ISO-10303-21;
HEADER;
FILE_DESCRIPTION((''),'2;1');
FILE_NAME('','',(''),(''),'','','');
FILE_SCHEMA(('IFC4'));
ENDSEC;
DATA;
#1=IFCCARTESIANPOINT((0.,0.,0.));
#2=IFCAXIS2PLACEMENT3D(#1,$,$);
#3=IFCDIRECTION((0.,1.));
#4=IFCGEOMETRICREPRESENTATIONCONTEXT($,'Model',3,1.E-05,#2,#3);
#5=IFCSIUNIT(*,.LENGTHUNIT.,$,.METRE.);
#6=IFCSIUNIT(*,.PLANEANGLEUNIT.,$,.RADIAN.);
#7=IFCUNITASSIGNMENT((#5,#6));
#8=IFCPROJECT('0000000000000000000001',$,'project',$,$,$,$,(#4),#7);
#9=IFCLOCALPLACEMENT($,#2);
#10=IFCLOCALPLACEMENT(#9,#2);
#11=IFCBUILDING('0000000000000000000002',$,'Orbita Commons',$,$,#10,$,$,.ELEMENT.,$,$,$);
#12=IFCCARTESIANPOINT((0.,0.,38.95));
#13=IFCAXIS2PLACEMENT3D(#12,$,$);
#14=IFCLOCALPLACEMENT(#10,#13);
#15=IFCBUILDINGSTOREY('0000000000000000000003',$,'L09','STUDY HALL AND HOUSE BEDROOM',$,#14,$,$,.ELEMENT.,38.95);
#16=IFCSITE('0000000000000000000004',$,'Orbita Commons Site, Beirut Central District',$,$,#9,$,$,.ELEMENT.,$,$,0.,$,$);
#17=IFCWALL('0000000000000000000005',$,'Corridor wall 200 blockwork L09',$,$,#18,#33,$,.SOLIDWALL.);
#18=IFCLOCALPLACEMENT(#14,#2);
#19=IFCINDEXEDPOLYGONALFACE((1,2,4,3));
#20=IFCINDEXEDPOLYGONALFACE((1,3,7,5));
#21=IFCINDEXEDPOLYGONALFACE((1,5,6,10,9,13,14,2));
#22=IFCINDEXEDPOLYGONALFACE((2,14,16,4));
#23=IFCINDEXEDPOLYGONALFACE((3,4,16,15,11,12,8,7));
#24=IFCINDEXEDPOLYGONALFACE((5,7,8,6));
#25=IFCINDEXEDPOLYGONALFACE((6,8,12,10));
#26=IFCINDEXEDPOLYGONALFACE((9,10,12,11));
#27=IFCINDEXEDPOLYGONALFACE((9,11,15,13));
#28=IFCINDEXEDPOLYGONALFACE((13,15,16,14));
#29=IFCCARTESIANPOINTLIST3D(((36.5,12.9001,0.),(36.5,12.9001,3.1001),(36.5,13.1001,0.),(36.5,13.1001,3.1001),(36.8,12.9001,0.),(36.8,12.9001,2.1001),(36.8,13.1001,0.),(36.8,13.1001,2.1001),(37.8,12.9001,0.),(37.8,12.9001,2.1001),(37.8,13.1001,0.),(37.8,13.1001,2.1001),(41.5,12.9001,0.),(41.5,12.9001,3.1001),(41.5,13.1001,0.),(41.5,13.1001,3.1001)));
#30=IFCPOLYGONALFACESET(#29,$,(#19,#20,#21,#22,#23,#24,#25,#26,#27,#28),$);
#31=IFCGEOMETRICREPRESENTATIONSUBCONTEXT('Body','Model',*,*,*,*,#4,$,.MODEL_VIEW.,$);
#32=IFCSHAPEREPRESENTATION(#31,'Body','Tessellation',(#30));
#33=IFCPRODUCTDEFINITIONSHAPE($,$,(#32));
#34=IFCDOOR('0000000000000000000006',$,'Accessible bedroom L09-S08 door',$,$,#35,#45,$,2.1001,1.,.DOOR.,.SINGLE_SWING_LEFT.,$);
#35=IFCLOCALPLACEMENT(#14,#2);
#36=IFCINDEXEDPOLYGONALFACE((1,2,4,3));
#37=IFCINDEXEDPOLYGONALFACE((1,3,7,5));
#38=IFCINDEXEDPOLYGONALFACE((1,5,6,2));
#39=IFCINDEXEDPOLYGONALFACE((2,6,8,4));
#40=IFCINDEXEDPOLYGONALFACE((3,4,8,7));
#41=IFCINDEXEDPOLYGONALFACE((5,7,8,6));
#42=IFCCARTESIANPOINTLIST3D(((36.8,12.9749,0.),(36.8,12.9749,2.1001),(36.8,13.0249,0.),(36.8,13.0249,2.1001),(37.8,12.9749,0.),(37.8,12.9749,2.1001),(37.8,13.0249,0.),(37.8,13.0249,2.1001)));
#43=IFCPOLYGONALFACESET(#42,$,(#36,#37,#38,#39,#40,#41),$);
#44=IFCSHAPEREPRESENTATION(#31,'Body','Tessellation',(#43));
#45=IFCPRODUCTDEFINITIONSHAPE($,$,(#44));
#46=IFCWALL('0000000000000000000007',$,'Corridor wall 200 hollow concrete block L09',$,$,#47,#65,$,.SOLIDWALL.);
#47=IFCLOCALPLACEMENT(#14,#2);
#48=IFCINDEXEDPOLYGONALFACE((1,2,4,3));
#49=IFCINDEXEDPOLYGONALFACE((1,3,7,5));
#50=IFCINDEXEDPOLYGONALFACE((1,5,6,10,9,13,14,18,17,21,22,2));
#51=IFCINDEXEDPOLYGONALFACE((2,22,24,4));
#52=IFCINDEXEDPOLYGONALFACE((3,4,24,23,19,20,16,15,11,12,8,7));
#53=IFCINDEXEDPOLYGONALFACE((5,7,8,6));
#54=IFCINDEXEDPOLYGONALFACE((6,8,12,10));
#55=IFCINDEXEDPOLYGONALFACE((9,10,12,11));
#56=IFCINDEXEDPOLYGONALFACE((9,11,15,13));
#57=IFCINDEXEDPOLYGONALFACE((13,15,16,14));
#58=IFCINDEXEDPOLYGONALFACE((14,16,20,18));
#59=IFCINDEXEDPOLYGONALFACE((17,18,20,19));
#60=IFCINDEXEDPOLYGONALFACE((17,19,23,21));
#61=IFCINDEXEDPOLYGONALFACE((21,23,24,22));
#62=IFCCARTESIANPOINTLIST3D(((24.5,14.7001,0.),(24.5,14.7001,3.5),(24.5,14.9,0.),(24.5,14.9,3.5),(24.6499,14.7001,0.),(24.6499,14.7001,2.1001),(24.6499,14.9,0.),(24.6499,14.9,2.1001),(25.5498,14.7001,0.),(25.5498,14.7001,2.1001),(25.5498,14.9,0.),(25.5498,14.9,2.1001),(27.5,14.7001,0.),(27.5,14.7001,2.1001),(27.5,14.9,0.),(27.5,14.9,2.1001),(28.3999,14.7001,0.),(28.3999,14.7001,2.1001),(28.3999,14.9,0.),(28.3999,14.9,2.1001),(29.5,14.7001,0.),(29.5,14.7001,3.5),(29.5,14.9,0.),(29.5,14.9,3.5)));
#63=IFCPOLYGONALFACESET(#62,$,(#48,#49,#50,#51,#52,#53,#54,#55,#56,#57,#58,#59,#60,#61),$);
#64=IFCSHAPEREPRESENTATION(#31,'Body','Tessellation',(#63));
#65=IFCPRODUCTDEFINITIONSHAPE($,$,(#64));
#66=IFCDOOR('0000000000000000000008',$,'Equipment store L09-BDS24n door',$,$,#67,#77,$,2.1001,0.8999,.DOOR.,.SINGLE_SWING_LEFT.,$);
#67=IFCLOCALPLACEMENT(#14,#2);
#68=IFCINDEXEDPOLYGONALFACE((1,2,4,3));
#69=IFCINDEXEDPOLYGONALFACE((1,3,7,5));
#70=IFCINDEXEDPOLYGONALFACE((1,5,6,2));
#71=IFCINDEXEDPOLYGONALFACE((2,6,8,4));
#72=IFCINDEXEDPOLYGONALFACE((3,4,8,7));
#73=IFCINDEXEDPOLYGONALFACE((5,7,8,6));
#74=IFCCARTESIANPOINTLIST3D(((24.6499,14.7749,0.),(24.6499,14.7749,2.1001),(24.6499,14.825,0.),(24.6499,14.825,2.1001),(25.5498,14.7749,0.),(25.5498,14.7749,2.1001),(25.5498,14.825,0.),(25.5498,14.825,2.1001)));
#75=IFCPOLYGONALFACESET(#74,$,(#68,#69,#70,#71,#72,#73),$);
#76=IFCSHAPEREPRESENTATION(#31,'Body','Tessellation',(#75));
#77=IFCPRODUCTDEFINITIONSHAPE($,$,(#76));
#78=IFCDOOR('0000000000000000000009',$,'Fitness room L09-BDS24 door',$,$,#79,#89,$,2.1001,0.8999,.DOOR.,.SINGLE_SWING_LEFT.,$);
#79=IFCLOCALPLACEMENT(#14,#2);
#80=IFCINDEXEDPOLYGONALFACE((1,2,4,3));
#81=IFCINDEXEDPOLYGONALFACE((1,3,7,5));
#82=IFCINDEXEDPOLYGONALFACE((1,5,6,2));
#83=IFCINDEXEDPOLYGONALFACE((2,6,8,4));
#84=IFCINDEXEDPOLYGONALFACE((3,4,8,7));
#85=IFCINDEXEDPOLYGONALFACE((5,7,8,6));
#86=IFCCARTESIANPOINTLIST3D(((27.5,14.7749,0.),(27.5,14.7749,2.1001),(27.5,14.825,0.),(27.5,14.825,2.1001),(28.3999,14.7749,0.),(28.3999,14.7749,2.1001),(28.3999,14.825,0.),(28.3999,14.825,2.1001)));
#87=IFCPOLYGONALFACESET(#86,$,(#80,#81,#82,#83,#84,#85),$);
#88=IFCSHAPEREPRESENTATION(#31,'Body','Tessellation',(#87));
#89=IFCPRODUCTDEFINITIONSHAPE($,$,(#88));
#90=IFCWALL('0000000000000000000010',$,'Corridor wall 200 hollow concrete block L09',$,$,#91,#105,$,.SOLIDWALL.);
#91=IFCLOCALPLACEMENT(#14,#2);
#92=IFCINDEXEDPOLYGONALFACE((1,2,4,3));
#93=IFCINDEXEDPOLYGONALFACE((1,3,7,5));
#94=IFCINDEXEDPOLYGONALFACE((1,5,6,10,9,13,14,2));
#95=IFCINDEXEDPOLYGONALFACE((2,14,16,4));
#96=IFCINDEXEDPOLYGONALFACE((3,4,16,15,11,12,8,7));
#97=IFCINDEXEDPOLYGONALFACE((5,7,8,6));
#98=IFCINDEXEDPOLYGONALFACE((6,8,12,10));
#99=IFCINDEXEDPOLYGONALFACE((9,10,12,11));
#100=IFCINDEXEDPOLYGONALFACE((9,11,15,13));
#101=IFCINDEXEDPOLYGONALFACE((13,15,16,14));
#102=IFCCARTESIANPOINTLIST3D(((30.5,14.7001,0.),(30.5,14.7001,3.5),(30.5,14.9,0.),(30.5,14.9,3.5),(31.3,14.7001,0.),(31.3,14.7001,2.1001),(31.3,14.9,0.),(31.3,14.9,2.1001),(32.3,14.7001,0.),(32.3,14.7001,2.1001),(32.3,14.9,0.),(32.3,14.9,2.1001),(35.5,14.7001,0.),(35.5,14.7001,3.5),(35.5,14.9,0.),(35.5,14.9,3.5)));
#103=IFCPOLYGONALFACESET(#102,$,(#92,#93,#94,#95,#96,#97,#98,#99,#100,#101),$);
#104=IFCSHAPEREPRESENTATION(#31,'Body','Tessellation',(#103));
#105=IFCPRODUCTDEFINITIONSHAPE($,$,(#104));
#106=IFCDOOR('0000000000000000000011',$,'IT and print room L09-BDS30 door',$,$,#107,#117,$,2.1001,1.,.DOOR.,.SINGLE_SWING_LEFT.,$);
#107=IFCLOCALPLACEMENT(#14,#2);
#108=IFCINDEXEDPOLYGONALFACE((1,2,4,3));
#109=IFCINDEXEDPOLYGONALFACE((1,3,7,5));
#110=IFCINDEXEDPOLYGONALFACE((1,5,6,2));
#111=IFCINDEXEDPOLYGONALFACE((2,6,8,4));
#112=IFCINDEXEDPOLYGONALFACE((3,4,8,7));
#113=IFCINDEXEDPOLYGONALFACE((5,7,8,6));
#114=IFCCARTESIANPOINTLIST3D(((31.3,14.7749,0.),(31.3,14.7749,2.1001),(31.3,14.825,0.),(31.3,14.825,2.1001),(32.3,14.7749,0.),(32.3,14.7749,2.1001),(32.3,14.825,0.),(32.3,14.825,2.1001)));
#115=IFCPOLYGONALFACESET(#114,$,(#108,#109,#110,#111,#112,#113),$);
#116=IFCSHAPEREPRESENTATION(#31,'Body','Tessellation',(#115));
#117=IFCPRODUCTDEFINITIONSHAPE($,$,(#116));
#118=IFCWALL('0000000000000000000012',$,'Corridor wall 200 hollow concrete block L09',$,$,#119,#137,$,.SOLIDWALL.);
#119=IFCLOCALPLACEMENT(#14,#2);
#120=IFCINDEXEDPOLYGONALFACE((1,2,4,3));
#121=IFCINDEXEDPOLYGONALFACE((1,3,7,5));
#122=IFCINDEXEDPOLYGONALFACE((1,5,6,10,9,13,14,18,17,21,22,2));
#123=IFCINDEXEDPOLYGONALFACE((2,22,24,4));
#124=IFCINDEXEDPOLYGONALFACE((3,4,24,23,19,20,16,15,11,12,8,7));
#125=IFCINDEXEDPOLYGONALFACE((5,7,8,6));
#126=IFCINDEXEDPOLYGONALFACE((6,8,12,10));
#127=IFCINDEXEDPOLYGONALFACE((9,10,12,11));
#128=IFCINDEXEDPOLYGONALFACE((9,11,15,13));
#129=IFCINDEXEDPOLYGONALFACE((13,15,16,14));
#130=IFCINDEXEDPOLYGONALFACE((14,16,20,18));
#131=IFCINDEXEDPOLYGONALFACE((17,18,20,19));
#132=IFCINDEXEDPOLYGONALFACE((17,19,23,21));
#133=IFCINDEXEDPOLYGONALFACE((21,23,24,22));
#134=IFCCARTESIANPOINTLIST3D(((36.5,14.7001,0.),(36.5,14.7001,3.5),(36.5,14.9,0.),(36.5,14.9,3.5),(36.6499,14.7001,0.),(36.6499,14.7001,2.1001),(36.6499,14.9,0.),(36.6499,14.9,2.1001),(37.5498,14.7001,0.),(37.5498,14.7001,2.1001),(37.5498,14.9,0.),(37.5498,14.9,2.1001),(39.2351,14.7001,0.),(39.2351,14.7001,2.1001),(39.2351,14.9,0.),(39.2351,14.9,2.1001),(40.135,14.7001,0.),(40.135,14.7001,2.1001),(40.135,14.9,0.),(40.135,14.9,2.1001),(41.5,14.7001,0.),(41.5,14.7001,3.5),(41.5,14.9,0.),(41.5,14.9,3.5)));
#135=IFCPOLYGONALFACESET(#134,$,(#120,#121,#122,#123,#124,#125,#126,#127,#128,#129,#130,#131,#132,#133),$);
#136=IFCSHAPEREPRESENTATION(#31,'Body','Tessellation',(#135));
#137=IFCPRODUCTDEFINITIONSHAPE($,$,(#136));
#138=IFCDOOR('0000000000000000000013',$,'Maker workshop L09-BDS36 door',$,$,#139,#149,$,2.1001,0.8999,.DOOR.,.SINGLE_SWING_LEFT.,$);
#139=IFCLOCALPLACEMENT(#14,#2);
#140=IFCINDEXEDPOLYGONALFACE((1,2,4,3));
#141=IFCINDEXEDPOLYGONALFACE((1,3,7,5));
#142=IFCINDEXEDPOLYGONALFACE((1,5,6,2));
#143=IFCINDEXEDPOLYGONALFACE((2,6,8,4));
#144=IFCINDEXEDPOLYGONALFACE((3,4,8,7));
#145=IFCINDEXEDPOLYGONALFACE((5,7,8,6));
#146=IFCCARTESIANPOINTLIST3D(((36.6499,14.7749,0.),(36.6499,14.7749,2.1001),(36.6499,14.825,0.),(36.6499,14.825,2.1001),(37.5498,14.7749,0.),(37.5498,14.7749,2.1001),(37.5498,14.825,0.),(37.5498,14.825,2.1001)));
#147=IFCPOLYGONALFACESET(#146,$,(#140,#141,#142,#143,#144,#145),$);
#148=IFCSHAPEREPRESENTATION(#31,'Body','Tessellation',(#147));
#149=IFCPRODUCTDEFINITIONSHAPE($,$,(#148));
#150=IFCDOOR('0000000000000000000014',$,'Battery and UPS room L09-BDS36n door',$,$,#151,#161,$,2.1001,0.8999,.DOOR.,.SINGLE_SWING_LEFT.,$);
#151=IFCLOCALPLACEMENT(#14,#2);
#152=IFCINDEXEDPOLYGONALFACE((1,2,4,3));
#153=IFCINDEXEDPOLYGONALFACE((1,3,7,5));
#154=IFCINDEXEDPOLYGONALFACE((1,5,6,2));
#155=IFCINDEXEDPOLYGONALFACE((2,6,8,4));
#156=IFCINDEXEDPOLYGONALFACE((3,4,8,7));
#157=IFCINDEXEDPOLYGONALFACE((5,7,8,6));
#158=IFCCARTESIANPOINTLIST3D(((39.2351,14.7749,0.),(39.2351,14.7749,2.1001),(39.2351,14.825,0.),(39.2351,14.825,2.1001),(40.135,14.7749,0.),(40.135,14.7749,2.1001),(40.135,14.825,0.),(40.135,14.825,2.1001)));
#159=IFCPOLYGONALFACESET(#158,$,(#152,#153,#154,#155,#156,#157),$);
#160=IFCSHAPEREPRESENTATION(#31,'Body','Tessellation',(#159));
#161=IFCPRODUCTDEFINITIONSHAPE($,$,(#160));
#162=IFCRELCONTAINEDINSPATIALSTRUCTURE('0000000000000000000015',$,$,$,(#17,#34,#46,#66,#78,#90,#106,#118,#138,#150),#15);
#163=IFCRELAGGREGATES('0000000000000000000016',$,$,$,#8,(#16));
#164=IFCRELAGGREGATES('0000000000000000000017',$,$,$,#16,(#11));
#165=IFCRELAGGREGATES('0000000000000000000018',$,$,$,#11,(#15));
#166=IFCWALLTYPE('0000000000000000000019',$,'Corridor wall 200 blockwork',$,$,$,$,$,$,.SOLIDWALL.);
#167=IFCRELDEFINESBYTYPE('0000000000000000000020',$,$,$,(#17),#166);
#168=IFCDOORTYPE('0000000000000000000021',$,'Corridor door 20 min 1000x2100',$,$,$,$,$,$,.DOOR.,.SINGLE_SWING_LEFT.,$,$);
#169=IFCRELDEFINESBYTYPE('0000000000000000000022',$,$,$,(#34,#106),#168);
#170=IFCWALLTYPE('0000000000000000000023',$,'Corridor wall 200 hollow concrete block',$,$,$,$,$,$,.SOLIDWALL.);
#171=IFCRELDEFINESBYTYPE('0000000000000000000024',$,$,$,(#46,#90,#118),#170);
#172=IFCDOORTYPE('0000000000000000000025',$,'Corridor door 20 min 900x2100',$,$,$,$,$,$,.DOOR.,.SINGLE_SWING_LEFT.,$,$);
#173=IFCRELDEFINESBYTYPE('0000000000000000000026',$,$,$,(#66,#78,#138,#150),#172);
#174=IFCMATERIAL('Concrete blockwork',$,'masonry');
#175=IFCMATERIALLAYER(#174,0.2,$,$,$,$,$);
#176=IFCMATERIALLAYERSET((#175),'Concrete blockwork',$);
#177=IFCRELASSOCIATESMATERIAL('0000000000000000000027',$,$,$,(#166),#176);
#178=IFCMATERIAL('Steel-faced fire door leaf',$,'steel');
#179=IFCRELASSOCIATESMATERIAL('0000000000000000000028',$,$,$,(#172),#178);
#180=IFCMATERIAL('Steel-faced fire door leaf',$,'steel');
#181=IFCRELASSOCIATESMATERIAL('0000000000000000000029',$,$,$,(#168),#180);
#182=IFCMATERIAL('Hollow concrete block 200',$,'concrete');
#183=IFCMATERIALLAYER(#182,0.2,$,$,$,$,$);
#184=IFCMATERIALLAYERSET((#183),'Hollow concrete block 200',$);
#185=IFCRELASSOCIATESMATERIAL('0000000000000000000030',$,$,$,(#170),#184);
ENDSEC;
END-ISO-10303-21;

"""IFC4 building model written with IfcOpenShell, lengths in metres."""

from ifc_helpers import new_model, si_unit, direction, frame, frame_2d, origin, place, context, subcontext, project, spatial, polyline, rectangle, outline, extrude, material, layer, layer_set, type_object, element, fill, save


model = new_model("IFC4")

# Units and contexts
model_context = context("Model", 3, precision=1e-05, world=origin(), true_north=direction((0.0, 1.0)))
body_context = subcontext(model_context, "Body", "Model", "MODEL_VIEW")
ifc_project = project(units=[si_unit("LENGTHUNIT", "METRE"), si_unit("PLANEANGLEUNIT", "RADIAN")], contexts=[model_context])

# Site, building, storey
site_placement = place(None, origin())
site = spatial("IfcSite", under=ifc_project, at=site_placement, Name="Orbita Commons Site, Beirut Central District", CompositionType="ELEMENT", RefElevation=0.0)
building_placement = place(site_placement, origin())
building = spatial("IfcBuilding", under=site, at=building_placement, Name="Orbita Commons", CompositionType="ELEMENT")
storey_placement = place(building_placement, frame((0.0, 0.0, 38.95)))
storey = spatial("IfcBuildingStorey", under=building, at=storey_placement, Name="L09", Description="STUDY HALL AND HOUSE BEDROOM", CompositionType="ELEMENT", Elevation=38.95)

# Shared definitions
ifc_material_1 = material(Name="Concrete blockwork", Category="masonry")
ifc_layer_1 = layer(ifc_material_1, 0.2)
ifc_layer_set_1 = layer_set([ifc_layer_1], Name="Concrete blockwork")
wall_type_1 = type_object("IfcWallType", Name="Corridor wall 200 blockwork", PredefinedType="SOLIDWALL", material=ifc_layer_set_1)
ifc_material_2 = material(Name="Steel-faced fire door leaf", Category="steel")
door_type_1 = type_object("IfcDoorType", Name="Corridor door 20 min 900x2100", OperationType="SINGLE_SWING_LEFT", PredefinedType="DOOR", material=ifc_material_2)

# Wall, opening, door
wall_1_placement = place(storey_placement, frame((36.5, 13.0, 0.0), z_axis=(0.0, 0.0, 1.0), x_axis=(1.0, 0.0, 0.0)))
wall_1 = element("IfcWall", 1, at=wall_1_placement, inside=storey, type_object=wall_type_1, Name="Corridor wall 200 blockwork L09", PredefinedType="SOLIDWALL", context=body_context, shape_type="SweptSolid", body=[
    extrude(outline(polyline([(0.0, 0.0), (5.0, 0.0), (5.0, 3.1001), (0.0, 3.1001), (0.0, 0.0)])), frame((0.0, 0.1001, 0.0), z_axis=(0.0, -1.0, 0.0), x_axis=(1.0, 0.0, 0.0)), (0.0, 0.0, 1.0), 0.2),
])
opening_1_placement = place(wall_1_placement, frame((0.3, 0.0, 0.0)))
opening_1 = element("IfcOpeningElement", 2, at=opening_1_placement, cuts=wall_1, PredefinedType="OPENING", context=body_context, shape_type="SweptSolid", body=[
    extrude(rectangle(XDim=1.0, YDim=2.1001, at=frame_2d((0.5, 1.05))), frame((0.0, 0.1099, 0.0), z_axis=(0.0, -1.0, 0.0), x_axis=(1.0, 0.0, 0.0)), (0.0, 0.0, 1.0), 0.22),
])
ifc_material_3 = material(Name="Steel-faced fire door leaf", Category="steel")
door_type_2 = type_object("IfcDoorType", Name="Corridor door 20 min 1000x2100", OperationType="SINGLE_SWING_LEFT", PredefinedType="DOOR", material=ifc_material_3)
door_1_placement = place(opening_1_placement, origin())
door_1 = element("IfcDoor", 3, at=door_1_placement, inside=storey, type_object=door_type_2, Name="Accessible bedroom L09-S08 door", OperationType="SINGLE_SWING_LEFT", OverallHeight=2.1001, OverallWidth=1.0, PredefinedType="DOOR", context=body_context, shape_type="SweptSolid", body=[
    extrude(rectangle(XDim=1.0, YDim=2.1001, at=frame_2d((0.5, 1.05))), frame((0.0, 0.0249, 0.0), z_axis=(0.0, -1.0, 0.0), x_axis=(1.0, 0.0, 0.0)), (0.0, 0.0, 1.0), 0.05),
])
fill(opening_1, door_1)

# Wall, openings, doors
ifc_material_4 = material(Name="Hollow concrete block 200", Category="concrete")
ifc_layer_2 = layer(ifc_material_4, 0.2)
ifc_layer_set_2 = layer_set([ifc_layer_2], Name="Hollow concrete block 200")
wall_type_2 = type_object("IfcWallType", Name="Corridor wall 200 hollow concrete block", PredefinedType="SOLIDWALL", material=ifc_layer_set_2)
wall_2_placement = place(storey_placement, frame((24.5, 14.8, 0.0), z_axis=(0.0, 0.0, 1.0), x_axis=(1.0, 0.0, 0.0)))
wall_2 = element("IfcWall", 4, at=wall_2_placement, inside=storey, type_object=wall_type_2, Name="Corridor wall 200 hollow concrete block L09", PredefinedType="SOLIDWALL", context=body_context, shape_type="SweptSolid", body=[
    extrude(rectangle(XDim=5.0, YDim=0.2, at=frame_2d((2.5, 0.0))), origin(), (0.0, 0.0, 1.0), 3.5),
])
opening_2_placement = place(wall_2_placement, frame((0.1499, 0.0, 0.0)))
opening_2 = element("IfcOpeningElement", 5, at=opening_2_placement, cuts=wall_2, PredefinedType="OPENING", context=body_context, shape_type="SweptSolid", body=[
    extrude(rectangle(XDim=0.8999, YDim=2.1001, at=frame_2d((0.45, 1.05))), frame((0.0, 0.1099, 0.0), z_axis=(0.0, -1.0, 0.0), x_axis=(1.0, 0.0, 0.0)), (0.0, 0.0, 1.0), 0.22),
])
opening_3_placement = place(wall_2_placement, frame((3.0, 0.0, 0.0)))
opening_3 = element("IfcOpeningElement", 6, at=opening_3_placement, cuts=wall_2, PredefinedType="OPENING", context=body_context, shape_type="SweptSolid", body=[
    extrude(rectangle(XDim=0.8999, YDim=2.1001, at=frame_2d((0.45, 1.05))), frame((0.0, 0.1099, 0.0), z_axis=(0.0, -1.0, 0.0), x_axis=(1.0, 0.0, 0.0)), (0.0, 0.0, 1.0), 0.22),
])
door_2_placement = place(opening_2_placement, origin())
door_2 = element("IfcDoor", 7, at=door_2_placement, inside=storey, type_object=door_type_1, Name="Equipment store L09-BDS24n door", OperationType="SINGLE_SWING_LEFT", OverallHeight=2.1001, OverallWidth=0.8999, PredefinedType="DOOR", context=body_context, shape_type="SweptSolid", body=[
    extrude(rectangle(XDim=0.8999, YDim=2.1001, at=frame_2d((0.45, 1.05))), frame((0.0, 0.0249, 0.0), z_axis=(0.0, -1.0, 0.0), x_axis=(1.0, 0.0, 0.0)), (0.0, 0.0, 1.0), 0.05),
])
fill(opening_2, door_2)
door_3_placement = place(opening_3_placement, origin())
door_3 = element("IfcDoor", 8, at=door_3_placement, inside=storey, type_object=door_type_1, Name="Fitness room L09-BDS24 door", OperationType="SINGLE_SWING_LEFT", OverallHeight=2.1001, OverallWidth=0.8999, PredefinedType="DOOR", context=body_context, shape_type="SweptSolid", body=[
    extrude(rectangle(XDim=0.8999, YDim=2.1001, at=frame_2d((0.45, 1.05))), frame((0.0, 0.0249, 0.0), z_axis=(0.0, -1.0, 0.0), x_axis=(1.0, 0.0, 0.0)), (0.0, 0.0, 1.0), 0.05),
])
fill(opening_3, door_3)

# Wall, opening, door
wall_3_placement = place(storey_placement, frame((30.5, 14.8, 0.0), z_axis=(0.0, 0.0, 1.0), x_axis=(1.0, 0.0, 0.0)))
wall_3 = element("IfcWall", 9, at=wall_3_placement, inside=storey, type_object=wall_type_2, Name="Corridor wall 200 hollow concrete block L09", PredefinedType="SOLIDWALL", context=body_context, shape_type="SweptSolid", body=[
    extrude(rectangle(XDim=5.0, YDim=0.2, at=frame_2d((2.5, 0.0))), origin(), (0.0, 0.0, 1.0), 3.5),
])
opening_4_placement = place(wall_3_placement, frame((0.8, 0.0, 0.0)))
opening_4 = element("IfcOpeningElement", 10, at=opening_4_placement, cuts=wall_3, PredefinedType="OPENING", context=body_context, shape_type="SweptSolid", body=[
    extrude(rectangle(XDim=1.0, YDim=2.1001, at=frame_2d((0.5, 1.05))), frame((0.0, 0.1099, 0.0), z_axis=(0.0, -1.0, 0.0), x_axis=(1.0, 0.0, 0.0)), (0.0, 0.0, 1.0), 0.22),
])
door_4_placement = place(opening_4_placement, origin())
door_4 = element("IfcDoor", 11, at=door_4_placement, inside=storey, type_object=door_type_2, Name="IT and print room L09-BDS30 door", OperationType="SINGLE_SWING_LEFT", OverallHeight=2.1001, OverallWidth=1.0, PredefinedType="DOOR", context=body_context, shape_type="SweptSolid", body=[
    extrude(rectangle(XDim=1.0, YDim=2.1001, at=frame_2d((0.5, 1.05))), frame((0.0, 0.0249, 0.0), z_axis=(0.0, -1.0, 0.0), x_axis=(1.0, 0.0, 0.0)), (0.0, 0.0, 1.0), 0.05),
])
fill(opening_4, door_4)

# Wall, openings, doors
wall_4_placement = place(storey_placement, frame((36.5, 14.8, 0.0), z_axis=(0.0, 0.0, 1.0), x_axis=(1.0, 0.0, 0.0)))
wall_4 = element("IfcWall", 12, at=wall_4_placement, inside=storey, type_object=wall_type_2, Name="Corridor wall 200 hollow concrete block L09", PredefinedType="SOLIDWALL", context=body_context, shape_type="SweptSolid", body=[
    extrude(rectangle(XDim=5.0, YDim=0.2, at=frame_2d((2.5, 0.0))), origin(), (0.0, 0.0, 1.0), 3.5),
])
opening_5_placement = place(wall_4_placement, frame((0.1499, 0.0, 0.0)))
opening_5 = element("IfcOpeningElement", 13, at=opening_5_placement, cuts=wall_4, PredefinedType="OPENING", context=body_context, shape_type="SweptSolid", body=[
    extrude(rectangle(XDim=0.8999, YDim=2.1001, at=frame_2d((0.45, 1.05))), frame((0.0, 0.1099, 0.0), z_axis=(0.0, -1.0, 0.0), x_axis=(1.0, 0.0, 0.0)), (0.0, 0.0, 1.0), 0.22),
])
opening_6_placement = place(wall_4_placement, frame((2.7351, 0.0, 0.0)))
opening_6 = element("IfcOpeningElement", 14, at=opening_6_placement, cuts=wall_4, PredefinedType="OPENING", context=body_context, shape_type="SweptSolid", body=[
    extrude(rectangle(XDim=0.8999, YDim=2.1001, at=frame_2d((0.45, 1.05))), frame((0.0, 0.1099, 0.0), z_axis=(0.0, -1.0, 0.0), x_axis=(1.0, 0.0, 0.0)), (0.0, 0.0, 1.0), 0.22),
])
door_5_placement = place(opening_5_placement, origin())
door_5 = element("IfcDoor", 15, at=door_5_placement, inside=storey, type_object=door_type_1, Name="Maker workshop L09-BDS36 door", OperationType="SINGLE_SWING_LEFT", OverallHeight=2.1001, OverallWidth=0.8999, PredefinedType="DOOR", context=body_context, shape_type="SweptSolid", body=[
    extrude(rectangle(XDim=0.8999, YDim=2.1001, at=frame_2d((0.45, 1.05))), frame((0.0, 0.0249, 0.0), z_axis=(0.0, -1.0, 0.0), x_axis=(1.0, 0.0, 0.0)), (0.0, 0.0, 1.0), 0.05),
])
fill(opening_5, door_5)
door_6_placement = place(opening_6_placement, origin())
door_6 = element("IfcDoor", 16, at=door_6_placement, inside=storey, type_object=door_type_1, Name="Battery and UPS room L09-BDS36n door", OperationType="SINGLE_SWING_LEFT", OverallHeight=2.1001, OverallWidth=0.8999, PredefinedType="DOOR", context=body_context, shape_type="SweptSolid", body=[
    extrude(rectangle(XDim=0.8999, YDim=2.1001, at=frame_2d((0.45, 1.05))), frame((0.0, 0.0249, 0.0), z_axis=(0.0, -1.0, 0.0), x_axis=(1.0, 0.0, 0.0)), (0.0, 0.0, 1.0), 0.05),
])
fill(opening_6, door_6)

save(model, "model.ifc")
